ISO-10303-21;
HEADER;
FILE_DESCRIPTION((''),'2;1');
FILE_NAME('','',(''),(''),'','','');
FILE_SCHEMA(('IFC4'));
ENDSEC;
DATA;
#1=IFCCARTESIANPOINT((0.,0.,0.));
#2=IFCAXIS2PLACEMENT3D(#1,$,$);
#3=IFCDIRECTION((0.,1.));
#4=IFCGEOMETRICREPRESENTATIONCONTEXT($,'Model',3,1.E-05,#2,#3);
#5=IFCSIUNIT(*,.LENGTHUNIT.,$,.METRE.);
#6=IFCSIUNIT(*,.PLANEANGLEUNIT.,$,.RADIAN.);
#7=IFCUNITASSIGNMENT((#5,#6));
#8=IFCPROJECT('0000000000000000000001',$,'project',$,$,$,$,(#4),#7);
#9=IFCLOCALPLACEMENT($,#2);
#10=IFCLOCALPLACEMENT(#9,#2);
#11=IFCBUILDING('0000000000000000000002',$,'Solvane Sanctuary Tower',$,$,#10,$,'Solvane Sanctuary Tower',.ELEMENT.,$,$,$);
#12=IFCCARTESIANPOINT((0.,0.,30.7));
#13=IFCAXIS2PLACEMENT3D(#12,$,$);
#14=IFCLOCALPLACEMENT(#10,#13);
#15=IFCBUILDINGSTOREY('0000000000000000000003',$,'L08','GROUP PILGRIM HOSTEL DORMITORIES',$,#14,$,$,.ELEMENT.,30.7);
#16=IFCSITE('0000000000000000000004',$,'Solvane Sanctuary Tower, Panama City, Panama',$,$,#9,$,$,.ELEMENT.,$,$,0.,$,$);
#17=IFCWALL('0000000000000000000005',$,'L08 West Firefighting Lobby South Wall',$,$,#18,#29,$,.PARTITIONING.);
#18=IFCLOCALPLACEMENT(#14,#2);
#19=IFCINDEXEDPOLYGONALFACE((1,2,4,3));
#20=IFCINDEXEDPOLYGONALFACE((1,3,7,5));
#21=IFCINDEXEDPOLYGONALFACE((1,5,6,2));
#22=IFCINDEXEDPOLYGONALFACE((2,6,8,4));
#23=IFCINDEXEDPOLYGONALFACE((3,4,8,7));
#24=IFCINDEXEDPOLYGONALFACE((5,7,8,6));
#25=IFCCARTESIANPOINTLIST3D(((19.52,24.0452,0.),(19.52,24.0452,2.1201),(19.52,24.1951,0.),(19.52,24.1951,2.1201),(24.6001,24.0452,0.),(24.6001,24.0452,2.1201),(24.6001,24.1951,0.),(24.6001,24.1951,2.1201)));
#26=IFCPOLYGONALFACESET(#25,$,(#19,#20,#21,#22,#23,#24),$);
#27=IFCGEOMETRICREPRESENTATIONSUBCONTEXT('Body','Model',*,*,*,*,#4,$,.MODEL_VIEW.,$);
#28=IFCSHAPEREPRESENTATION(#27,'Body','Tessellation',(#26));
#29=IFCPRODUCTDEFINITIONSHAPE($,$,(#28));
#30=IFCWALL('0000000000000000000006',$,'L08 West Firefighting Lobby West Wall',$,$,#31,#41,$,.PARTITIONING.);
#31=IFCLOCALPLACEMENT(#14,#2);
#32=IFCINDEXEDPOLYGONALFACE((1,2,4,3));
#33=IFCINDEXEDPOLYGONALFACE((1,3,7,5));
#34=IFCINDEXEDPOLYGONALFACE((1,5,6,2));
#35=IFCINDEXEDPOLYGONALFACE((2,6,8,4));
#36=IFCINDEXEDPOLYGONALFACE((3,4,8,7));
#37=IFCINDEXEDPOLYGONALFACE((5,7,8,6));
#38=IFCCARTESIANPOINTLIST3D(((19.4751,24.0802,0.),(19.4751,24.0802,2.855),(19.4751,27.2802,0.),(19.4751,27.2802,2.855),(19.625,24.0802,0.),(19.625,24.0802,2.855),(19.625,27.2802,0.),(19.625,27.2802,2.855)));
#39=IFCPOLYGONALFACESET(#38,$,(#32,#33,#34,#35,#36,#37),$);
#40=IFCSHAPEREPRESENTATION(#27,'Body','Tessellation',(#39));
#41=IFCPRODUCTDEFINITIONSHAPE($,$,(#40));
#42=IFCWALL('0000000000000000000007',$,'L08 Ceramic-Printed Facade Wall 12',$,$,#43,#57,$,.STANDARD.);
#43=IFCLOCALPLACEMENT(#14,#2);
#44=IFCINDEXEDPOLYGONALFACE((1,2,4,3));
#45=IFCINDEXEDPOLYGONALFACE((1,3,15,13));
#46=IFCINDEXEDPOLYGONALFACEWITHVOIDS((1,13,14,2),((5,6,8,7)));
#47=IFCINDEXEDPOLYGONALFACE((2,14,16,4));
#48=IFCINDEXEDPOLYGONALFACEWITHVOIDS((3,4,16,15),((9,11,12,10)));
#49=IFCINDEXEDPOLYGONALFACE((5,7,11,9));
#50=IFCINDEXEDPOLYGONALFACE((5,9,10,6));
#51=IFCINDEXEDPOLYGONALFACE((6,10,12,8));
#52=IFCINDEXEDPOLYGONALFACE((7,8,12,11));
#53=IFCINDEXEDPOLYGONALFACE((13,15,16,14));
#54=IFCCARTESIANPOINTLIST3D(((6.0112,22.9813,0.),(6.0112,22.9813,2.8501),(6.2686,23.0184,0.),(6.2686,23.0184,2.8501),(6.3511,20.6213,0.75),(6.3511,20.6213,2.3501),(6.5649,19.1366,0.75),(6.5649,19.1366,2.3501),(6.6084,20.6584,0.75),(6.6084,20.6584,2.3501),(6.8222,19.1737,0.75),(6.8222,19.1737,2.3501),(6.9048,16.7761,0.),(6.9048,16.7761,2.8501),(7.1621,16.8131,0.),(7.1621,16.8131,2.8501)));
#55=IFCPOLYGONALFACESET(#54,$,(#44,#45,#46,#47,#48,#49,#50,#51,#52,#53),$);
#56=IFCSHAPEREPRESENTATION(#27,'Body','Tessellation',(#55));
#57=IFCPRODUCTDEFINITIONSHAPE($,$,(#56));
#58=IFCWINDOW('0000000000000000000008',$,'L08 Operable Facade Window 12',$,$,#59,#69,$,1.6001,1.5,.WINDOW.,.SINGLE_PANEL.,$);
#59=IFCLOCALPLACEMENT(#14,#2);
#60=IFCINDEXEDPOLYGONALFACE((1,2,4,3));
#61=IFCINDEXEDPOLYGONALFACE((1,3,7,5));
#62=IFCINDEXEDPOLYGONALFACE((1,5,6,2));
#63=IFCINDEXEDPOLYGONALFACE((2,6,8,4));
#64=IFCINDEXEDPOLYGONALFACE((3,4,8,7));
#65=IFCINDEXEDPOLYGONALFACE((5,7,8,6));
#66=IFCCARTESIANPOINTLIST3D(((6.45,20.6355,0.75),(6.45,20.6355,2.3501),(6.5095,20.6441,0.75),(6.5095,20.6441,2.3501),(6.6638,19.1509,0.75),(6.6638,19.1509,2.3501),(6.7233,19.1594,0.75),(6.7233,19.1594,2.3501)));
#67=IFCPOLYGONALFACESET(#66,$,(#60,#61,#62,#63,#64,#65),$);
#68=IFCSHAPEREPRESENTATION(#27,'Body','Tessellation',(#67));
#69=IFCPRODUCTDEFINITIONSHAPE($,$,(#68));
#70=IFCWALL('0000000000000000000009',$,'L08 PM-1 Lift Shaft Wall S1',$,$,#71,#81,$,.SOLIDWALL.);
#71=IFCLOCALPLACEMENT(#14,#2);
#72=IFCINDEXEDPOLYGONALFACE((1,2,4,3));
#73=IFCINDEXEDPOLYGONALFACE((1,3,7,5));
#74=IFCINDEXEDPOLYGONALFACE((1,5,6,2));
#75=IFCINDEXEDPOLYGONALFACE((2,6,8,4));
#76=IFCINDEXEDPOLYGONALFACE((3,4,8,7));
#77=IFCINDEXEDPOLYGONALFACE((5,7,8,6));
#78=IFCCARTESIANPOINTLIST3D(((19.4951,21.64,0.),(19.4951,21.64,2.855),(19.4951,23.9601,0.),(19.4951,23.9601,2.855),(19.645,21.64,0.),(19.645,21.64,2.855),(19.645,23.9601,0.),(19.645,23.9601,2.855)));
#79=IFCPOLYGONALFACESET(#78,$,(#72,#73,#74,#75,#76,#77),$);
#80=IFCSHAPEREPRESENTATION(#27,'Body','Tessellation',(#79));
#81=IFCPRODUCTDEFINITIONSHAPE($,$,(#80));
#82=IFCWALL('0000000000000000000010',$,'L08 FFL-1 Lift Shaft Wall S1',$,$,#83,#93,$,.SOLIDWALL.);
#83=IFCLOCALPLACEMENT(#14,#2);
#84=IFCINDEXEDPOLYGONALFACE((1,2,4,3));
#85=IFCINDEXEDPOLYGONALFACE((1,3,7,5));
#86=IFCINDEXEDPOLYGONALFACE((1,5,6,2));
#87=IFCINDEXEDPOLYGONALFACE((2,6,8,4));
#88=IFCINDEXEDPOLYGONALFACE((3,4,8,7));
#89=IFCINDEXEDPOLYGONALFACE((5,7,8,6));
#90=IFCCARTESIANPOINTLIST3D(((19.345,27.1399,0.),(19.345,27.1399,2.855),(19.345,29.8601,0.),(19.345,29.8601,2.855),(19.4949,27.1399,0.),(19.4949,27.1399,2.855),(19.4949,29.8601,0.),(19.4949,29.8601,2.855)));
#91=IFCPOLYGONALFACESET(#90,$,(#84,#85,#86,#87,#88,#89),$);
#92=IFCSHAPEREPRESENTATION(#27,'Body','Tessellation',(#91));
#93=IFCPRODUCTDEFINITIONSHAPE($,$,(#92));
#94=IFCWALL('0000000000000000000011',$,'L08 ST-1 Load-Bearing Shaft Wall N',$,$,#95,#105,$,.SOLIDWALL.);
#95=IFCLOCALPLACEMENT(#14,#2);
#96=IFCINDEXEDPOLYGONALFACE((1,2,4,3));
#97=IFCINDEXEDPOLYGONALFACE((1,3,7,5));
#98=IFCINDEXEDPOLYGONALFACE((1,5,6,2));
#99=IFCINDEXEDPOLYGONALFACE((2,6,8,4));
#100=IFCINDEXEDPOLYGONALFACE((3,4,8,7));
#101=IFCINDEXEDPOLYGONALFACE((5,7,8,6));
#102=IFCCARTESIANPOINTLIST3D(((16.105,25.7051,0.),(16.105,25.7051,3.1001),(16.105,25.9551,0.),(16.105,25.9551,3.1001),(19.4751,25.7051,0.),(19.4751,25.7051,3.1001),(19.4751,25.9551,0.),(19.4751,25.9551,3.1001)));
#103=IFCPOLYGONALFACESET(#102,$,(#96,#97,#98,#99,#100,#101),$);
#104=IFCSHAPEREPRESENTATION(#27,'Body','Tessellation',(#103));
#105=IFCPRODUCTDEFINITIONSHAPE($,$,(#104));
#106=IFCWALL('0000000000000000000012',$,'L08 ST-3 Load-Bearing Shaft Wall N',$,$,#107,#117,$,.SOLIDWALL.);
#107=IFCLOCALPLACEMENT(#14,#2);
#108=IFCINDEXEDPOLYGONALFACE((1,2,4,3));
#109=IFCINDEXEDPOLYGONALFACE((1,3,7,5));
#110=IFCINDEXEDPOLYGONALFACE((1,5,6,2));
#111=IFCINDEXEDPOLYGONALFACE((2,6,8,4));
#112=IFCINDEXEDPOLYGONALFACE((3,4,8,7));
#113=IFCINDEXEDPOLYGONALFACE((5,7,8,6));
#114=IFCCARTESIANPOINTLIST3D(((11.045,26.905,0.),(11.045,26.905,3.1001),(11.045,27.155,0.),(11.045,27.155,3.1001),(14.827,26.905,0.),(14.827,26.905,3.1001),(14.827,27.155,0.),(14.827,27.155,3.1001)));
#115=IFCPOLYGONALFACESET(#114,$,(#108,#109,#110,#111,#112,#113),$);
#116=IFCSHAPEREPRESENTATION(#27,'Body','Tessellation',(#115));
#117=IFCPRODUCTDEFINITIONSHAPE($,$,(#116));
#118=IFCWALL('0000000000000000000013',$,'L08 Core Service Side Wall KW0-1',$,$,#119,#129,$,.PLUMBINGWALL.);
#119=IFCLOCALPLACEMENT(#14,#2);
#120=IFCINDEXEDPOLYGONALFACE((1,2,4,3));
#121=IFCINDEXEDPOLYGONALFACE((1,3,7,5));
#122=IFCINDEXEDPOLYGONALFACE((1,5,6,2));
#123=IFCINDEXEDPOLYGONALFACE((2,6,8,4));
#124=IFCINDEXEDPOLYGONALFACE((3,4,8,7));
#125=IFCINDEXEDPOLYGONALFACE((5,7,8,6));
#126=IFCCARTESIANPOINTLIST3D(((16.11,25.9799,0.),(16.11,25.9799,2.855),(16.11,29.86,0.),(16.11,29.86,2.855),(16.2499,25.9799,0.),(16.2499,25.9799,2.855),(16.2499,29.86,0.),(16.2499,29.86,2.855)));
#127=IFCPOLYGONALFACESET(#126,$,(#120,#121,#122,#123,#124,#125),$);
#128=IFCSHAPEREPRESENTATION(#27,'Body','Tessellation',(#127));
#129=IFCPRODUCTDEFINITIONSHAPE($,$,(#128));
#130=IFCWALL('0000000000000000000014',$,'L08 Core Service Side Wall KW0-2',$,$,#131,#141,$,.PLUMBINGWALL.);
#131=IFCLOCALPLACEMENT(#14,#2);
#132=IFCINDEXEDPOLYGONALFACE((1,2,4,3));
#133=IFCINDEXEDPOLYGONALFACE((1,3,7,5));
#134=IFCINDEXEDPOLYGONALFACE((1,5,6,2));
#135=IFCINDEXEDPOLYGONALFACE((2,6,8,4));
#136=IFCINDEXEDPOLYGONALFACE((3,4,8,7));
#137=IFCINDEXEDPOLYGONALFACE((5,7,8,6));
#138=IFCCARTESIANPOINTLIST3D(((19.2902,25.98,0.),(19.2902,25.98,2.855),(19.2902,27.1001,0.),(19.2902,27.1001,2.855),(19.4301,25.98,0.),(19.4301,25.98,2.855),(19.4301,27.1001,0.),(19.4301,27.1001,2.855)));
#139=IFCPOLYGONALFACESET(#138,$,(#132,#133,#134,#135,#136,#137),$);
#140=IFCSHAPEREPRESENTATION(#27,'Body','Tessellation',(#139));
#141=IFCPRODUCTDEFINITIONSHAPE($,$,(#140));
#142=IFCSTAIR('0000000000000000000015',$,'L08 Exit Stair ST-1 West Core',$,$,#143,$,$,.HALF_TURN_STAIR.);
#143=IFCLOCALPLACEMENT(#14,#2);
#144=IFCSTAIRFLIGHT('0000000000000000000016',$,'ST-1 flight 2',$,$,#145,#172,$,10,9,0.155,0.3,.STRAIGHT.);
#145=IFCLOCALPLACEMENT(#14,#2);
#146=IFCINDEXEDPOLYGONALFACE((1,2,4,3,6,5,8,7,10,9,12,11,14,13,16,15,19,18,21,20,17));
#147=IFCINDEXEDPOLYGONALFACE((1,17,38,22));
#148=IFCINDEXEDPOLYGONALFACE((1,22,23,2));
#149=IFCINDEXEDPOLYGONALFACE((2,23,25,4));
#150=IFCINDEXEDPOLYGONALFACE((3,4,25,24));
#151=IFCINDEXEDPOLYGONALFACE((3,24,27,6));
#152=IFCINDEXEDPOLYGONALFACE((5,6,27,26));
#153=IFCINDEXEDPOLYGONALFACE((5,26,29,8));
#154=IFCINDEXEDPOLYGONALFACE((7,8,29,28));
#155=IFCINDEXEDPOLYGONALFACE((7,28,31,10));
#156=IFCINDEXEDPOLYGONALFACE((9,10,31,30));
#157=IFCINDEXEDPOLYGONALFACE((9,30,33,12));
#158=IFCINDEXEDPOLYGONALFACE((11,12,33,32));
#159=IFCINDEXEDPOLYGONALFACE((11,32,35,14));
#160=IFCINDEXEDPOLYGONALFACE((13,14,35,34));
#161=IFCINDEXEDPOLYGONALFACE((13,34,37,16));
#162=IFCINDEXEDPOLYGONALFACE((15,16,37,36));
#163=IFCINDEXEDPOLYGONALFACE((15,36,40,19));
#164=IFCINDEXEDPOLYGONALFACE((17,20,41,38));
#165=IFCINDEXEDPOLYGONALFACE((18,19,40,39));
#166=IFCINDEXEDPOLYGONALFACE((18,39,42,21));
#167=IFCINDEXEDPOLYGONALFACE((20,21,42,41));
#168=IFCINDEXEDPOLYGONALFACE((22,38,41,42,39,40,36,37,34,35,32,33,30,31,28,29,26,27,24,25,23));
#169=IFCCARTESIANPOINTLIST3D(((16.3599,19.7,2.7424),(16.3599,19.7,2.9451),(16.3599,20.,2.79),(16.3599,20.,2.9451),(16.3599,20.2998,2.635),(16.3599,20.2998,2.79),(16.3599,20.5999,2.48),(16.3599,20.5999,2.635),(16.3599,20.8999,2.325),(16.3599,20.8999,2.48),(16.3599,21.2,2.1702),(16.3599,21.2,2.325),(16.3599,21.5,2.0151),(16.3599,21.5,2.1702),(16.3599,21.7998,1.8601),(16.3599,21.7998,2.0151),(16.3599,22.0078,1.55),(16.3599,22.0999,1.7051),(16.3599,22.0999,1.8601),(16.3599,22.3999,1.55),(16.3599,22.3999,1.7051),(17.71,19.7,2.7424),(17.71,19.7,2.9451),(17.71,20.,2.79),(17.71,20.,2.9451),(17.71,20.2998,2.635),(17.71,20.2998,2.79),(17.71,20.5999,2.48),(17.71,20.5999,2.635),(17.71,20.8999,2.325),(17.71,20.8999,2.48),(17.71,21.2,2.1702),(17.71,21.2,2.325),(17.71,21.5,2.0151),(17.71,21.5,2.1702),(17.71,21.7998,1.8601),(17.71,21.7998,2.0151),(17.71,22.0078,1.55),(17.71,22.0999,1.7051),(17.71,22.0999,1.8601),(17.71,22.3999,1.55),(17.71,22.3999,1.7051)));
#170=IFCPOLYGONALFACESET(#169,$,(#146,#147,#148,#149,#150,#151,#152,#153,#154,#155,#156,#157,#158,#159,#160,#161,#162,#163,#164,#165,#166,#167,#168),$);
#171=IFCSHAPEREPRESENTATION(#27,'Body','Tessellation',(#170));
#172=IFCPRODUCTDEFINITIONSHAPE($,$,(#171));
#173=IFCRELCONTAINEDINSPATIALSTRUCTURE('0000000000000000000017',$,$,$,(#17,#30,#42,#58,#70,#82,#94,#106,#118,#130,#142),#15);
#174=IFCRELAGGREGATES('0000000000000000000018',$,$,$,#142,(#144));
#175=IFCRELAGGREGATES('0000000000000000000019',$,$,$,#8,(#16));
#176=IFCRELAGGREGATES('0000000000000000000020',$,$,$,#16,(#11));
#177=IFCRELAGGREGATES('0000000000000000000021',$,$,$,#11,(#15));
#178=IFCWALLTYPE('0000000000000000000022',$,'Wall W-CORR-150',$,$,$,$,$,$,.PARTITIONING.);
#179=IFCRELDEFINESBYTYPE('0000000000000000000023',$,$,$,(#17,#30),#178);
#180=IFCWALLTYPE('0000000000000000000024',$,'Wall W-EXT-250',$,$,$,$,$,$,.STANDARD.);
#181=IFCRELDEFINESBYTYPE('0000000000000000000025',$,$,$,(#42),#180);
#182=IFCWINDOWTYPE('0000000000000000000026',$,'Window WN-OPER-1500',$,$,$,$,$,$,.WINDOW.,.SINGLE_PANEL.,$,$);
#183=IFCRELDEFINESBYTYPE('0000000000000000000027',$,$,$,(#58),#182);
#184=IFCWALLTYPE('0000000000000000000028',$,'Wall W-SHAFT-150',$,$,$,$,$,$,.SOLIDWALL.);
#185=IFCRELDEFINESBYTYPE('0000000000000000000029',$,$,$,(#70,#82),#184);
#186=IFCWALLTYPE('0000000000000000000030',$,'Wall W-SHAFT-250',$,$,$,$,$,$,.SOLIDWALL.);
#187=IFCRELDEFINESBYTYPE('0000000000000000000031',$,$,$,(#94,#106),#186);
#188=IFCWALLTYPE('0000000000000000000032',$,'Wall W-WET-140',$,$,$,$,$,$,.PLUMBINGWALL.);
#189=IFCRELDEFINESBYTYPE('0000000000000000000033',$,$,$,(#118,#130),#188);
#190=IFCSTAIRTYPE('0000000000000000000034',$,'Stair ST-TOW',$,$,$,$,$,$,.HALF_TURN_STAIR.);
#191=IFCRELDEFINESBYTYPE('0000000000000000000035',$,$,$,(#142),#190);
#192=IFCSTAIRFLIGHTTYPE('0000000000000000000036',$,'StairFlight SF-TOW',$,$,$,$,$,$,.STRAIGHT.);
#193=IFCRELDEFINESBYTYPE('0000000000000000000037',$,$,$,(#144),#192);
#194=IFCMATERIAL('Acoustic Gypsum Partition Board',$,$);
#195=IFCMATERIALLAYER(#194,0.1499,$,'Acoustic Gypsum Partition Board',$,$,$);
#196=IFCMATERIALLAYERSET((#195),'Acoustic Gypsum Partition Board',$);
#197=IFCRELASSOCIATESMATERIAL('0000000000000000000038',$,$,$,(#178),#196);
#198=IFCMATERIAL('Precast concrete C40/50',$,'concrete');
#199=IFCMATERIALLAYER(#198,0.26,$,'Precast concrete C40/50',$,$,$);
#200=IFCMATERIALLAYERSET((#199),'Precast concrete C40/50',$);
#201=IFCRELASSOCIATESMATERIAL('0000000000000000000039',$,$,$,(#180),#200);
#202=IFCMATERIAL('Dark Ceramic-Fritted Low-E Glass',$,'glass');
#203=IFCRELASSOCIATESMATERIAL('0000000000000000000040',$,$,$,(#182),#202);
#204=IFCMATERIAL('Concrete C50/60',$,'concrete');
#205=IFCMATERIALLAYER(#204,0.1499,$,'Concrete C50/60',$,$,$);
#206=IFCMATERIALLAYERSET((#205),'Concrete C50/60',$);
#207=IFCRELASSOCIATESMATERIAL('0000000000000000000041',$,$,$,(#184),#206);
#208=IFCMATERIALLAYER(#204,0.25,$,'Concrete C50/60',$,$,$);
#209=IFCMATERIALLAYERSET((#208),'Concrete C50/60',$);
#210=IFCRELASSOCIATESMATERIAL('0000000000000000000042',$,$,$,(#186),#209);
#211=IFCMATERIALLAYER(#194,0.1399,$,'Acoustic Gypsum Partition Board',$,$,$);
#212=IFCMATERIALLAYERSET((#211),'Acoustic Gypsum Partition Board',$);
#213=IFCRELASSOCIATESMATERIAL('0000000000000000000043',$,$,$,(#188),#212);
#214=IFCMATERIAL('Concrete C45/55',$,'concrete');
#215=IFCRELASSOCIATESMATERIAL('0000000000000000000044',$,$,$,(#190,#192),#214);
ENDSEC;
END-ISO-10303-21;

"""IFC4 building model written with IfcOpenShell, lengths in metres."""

from ifc_helpers import new_model, si_unit, direction, frame, frame_2d, origin, place, context, subcontext, project, spatial, polyline, rectangle, outline, extrude, material, layer, layer_set, type_object, element, fill, aggregate, save


model = new_model("IFC4")

# Units and contexts
model_context = context("Model", 3, precision=1e-05, world=origin(), true_north=direction((0.0, 1.0)))
body_context = subcontext(model_context, "Body", "Model", "MODEL_VIEW")
ifc_project = project(units=[si_unit("LENGTHUNIT", "METRE"), si_unit("PLANEANGLEUNIT", "RADIAN")], contexts=[model_context])

# Site, building, storey
site_placement = place(None, origin())
site = spatial("IfcSite", under=ifc_project, at=site_placement, Name="Solvane Sanctuary Tower, Panama City, Panama", CompositionType="ELEMENT", RefElevation=0.0)
building_placement = place(site_placement, origin())
building = spatial("IfcBuilding", under=site, at=building_placement, Name="Solvane Sanctuary Tower", LongName="Solvane Sanctuary Tower", CompositionType="ELEMENT")
storey_placement = place(building_placement, frame((0.0, 0.0, 30.7)))
storey = spatial("IfcBuildingStorey", under=building, at=storey_placement, Name="L08", Description="GROUP PILGRIM HOSTEL DORMITORIES", CompositionType="ELEMENT", Elevation=30.7)

# Walls
ifc_material_1 = material(Name="Acoustic Gypsum Partition Board")
ifc_layer_1 = layer(ifc_material_1, 0.1499, Name="Acoustic Gypsum Partition Board")
ifc_layer_set_1 = layer_set([ifc_layer_1], Name="Acoustic Gypsum Partition Board")
wall_type_1 = type_object("IfcWallType", Name="Wall W-CORR-150", PredefinedType="PARTITIONING", material=ifc_layer_set_1)
wall_1_placement = place(storey_placement, frame((19.52, 24.1201, 0.0), z_axis=(0.0, 0.0, 1.0), x_axis=(1.0, 0.0, 0.0)))
element("IfcWall", 1, at=wall_1_placement, inside=storey, type_object=wall_type_1, Name="L08 West Firefighting Lobby South Wall", PredefinedType="PARTITIONING", context=body_context, shape_type="SweptSolid", body=[
    extrude(rectangle(XDim=5.0801, YDim=0.1499, at=frame_2d((2.54, 0.0))), origin(), (0.0, 0.0, 1.0), 2.1201),
])
wall_2_placement = place(storey_placement, frame((19.55, 24.0801, 0.0), z_axis=(0.0, 0.0, 1.0), x_axis=(0.0, 1.0, 0.0)))
element("IfcWall", 2, at=wall_2_placement, inside=storey, type_object=wall_type_1, Name="L08 West Firefighting Lobby West Wall", PredefinedType="PARTITIONING", context=body_context, shape_type="SweptSolid", body=[
    extrude(rectangle(XDim=3.2, YDim=0.1499, at=frame_2d((1.6001, 0.0))), origin(), (0.0, 0.0, 1.0), 2.855),
])

# Wall, opening, window
ifc_material_2 = material(Name="Precast concrete C40/50", Category="concrete")
ifc_layer_2 = layer(ifc_material_2, 0.26, Name="Precast concrete C40/50")
ifc_layer_set_2 = layer_set([ifc_layer_2], Name="Precast concrete C40/50")
wall_type_2 = type_object("IfcWallType", Name="Wall W-EXT-250", PredefinedType="STANDARD", material=ifc_layer_set_2)
wall_3_placement = place(storey_placement, frame((6.1399, 23.0, 0.0), z_axis=(0.0, 0.0, 1.0), x_axis=(0.142528, -0.989791, 0.0)))
wall_3 = element("IfcWall", 3, at=wall_3_placement, inside=storey, type_object=wall_type_2, Name="L08 Ceramic-Printed Facade Wall 12", PredefinedType="STANDARD", context=body_context, shape_type="SweptSolid", body=[
    extrude(rectangle(XDim=6.2693, YDim=0.26, at=frame_2d((3.1348, 0.0))), origin(), (0.0, 0.0, 1.0), 2.8501),
])
opening_placement = place(wall_3_placement, frame((2.3845, 0.0, 0.75)))
opening = element("IfcOpeningElement", 4, at=opening_placement, cuts=wall_3, PredefinedType="OPENING", context=body_context, shape_type="SweptSolid", body=[
    extrude(rectangle(XDim=1.5, YDim=1.6001, at=frame_2d((0.75, 0.8))), frame((0.0, 0.1399, 0.0), z_axis=(0.0, -1.0, 0.0), x_axis=(1.0, 0.0, 0.0)), (0.0, 0.0, 1.0), 0.28),
])
ifc_material_3 = material(Name="Dark Ceramic-Fritted Low-E Glass", Category="glass")
window_type = type_object("IfcWindowType", Name="Window WN-OPER-1500", PartitioningType="SINGLE_PANEL", PredefinedType="WINDOW", material=ifc_material_3)
window_placement = place(opening_placement, origin())
window = element("IfcWindow", 5, at=window_placement, inside=storey, type_object=window_type, Name="L08 Operable Facade Window 12", OverallHeight=1.6001, OverallWidth=1.5, PartitioningType="SINGLE_PANEL", PredefinedType="WINDOW", context=body_context, shape_type="SweptSolid", body=[
    extrude(rectangle(XDim=1.5, YDim=1.6001, at=frame_2d((0.75, 0.8))), frame((0.0, 0.03, 0.0), z_axis=(0.0, -1.0, 0.0), x_axis=(1.0, 0.0, 0.0)), (0.0, 0.0, 1.0), 0.0601),
])
fill(opening, window)

# Walls
ifc_material_4 = material(Name="Concrete C50/60", Category="concrete")
ifc_layer_3 = layer(ifc_material_4, 0.1499, Name="Concrete C50/60")
ifc_layer_set_3 = layer_set([ifc_layer_3], Name="Concrete C50/60")
wall_type_3 = type_object("IfcWallType", Name="Wall W-SHAFT-150", PredefinedType="SOLIDWALL", material=ifc_layer_set_3)
wall_4_placement = place(storey_placement, frame((19.5701, 21.6399, 0.0), z_axis=(0.0, 0.0, 1.0), x_axis=(0.0, 1.0, 0.0)))
element("IfcWall", 6, at=wall_4_placement, inside=storey, type_object=wall_type_3, Name="L08 PM-1 Lift Shaft Wall S1", PredefinedType="SOLIDWALL", context=body_context, shape_type="SweptSolid", body=[
    extrude(rectangle(XDim=2.3201, YDim=0.1499, at=frame_2d((1.1602, 0.0))), origin(), (0.0, 0.0, 1.0), 2.855),
])
wall_5_placement = place(storey_placement, frame((19.4199, 27.1399, 0.0), z_axis=(0.0, 0.0, 1.0), x_axis=(0.0, 1.0, 0.0)))
element("IfcWall", 7, at=wall_5_placement, inside=storey, type_object=wall_type_3, Name="L08 FFL-1 Lift Shaft Wall S1", PredefinedType="SOLIDWALL", context=body_context, shape_type="SweptSolid", body=[
    extrude(rectangle(XDim=2.7202, YDim=0.1499, at=frame_2d((1.3601, 0.0))), origin(), (0.0, 0.0, 1.0), 2.855),
])
ifc_layer_4 = layer(ifc_material_4, 0.25, Name="Concrete C50/60")
ifc_layer_set_4 = layer_set([ifc_layer_4], Name="Concrete C50/60")
wall_type_4 = type_object("IfcWallType", Name="Wall W-SHAFT-250", PredefinedType="SOLIDWALL", material=ifc_layer_set_4)
wall_6_placement = place(storey_placement, frame((16.105, 25.8301, 0.0), z_axis=(0.0, 0.0, 1.0), x_axis=(1.0, 0.0, 0.0)))
element("IfcWall", 8, at=wall_6_placement, inside=storey, type_object=wall_type_4, Name="L08 ST-1 Load-Bearing Shaft Wall N", PredefinedType="SOLIDWALL", context=body_context, shape_type="SweptSolid", body=[
    extrude(rectangle(XDim=3.3701, YDim=0.25, at=frame_2d((1.6851, 0.0))), origin(), (0.0, 0.0, 1.0), 3.1001),
])
wall_7_placement = place(storey_placement, frame((11.0449, 27.03, 0.0), z_axis=(0.0, 0.0, 1.0), x_axis=(1.0, 0.0, 0.0)))
element("IfcWall", 9, at=wall_7_placement, inside=storey, type_object=wall_type_4, Name="L08 ST-3 Load-Bearing Shaft Wall N", PredefinedType="SOLIDWALL", context=body_context, shape_type="SweptSolid", body=[
    extrude(rectangle(XDim=3.782, YDim=0.25, at=frame_2d((1.8911, 0.0))), origin(), (0.0, 0.0, 1.0), 3.1001),
])
ifc_layer_5 = layer(ifc_material_1, 0.1399, Name="Acoustic Gypsum Partition Board")
ifc_layer_set_5 = layer_set([ifc_layer_5], Name="Acoustic Gypsum Partition Board")
wall_type_5 = type_object("IfcWallType", Name="Wall W-WET-140", PredefinedType="PLUMBINGWALL", material=ifc_layer_set_5)
wall_8_placement = place(storey_placement, frame((16.1799, 25.98, 0.0), z_axis=(0.0, 0.0, 1.0), x_axis=(0.0, 1.0, 0.0)))
element("IfcWall", 10, at=wall_8_placement, inside=storey, type_object=wall_type_5, Name="L08 Core Service Side Wall KW0-1", PredefinedType="PLUMBINGWALL", context=body_context, shape_type="SweptSolid", body=[
    extrude(rectangle(XDim=3.8801, YDim=0.1399, at=frame_2d((1.9399, 0.0))), origin(), (0.0, 0.0, 1.0), 2.855),
])
wall_9_placement = place(storey_placement, frame((19.3601, 25.98, 0.0), z_axis=(0.0, 0.0, 1.0), x_axis=(0.0, 1.0, 0.0)))
element("IfcWall", 11, at=wall_9_placement, inside=storey, type_object=wall_type_5, Name="L08 Core Service Side Wall KW0-2", PredefinedType="PLUMBINGWALL", context=body_context, shape_type="SweptSolid", body=[
    extrude(rectangle(XDim=1.1201, YDim=0.1399, at=frame_2d((0.5601, 0.0))), origin(), (0.0, 0.0, 1.0), 2.855),
])

# Stair, stair flight
ifc_material_5 = material(Name="Concrete C45/55", Category="concrete")
stair_type = type_object("IfcStairType", Name="Stair ST-TOW", PredefinedType="HALF_TURN_STAIR", material=ifc_material_5)
stair_1_placement = place(storey_placement, origin())
stair_1 = element("IfcStair", 12, at=stair_1_placement, inside=storey, type_object=stair_type, Name="L08 Exit Stair ST-1 West Core", PredefinedType="HALF_TURN_STAIR")
stair_flight_type = type_object("IfcStairFlightType", Name="StairFlight SF-TOW", PredefinedType="STRAIGHT", material=ifc_material_5)
stair_flight_1_placement = place(storey_placement, frame((17.0349, 22.3999, 1.55), z_axis=(0.0, 0.0, 1.0), x_axis=(0.0, -1.0, 0.0)))
stair_flight_1 = element("IfcStairFlight", 13, at=stair_flight_1_placement, type_object=stair_flight_type, Name="ST-1 flight 2", NumberOfRisers=10, NumberOfTreads=9, PredefinedType="STRAIGHT", RiserHeight=0.155, TreadLength=0.3, context=body_context, shape_type="SweptSolid", body=[
    extrude(outline(polyline([(0.0, 0.0), (0.0, 0.155), (0.3, 0.155), (0.3, 0.3101), (0.6001, 0.3101), (0.6001, 0.4651), (0.8999, 0.4651), (0.8999, 0.6201), (1.2, 0.6201), (1.2, 0.7749), (1.5, 0.7749), (1.5, 0.9299), (1.8, 0.9299), (1.8, 1.085), (2.1001, 1.085), (2.1001, 1.24), (2.3999, 1.24), (2.3999, 1.395), (2.7, 1.395), (2.7, 1.55), (2.7, 1.1924), (0.3921, 0.0), (0.0, 0.0)])), frame((0.0, 0.675, 0.0), z_axis=(0.0, -1.0, 0.0), x_axis=(1.0, 0.0, 0.0)), (0.0, 0.0, 1.0), 1.3501),
])
aggregate(stair_1, [stair_flight_1])

save(model, "model.ifc")
